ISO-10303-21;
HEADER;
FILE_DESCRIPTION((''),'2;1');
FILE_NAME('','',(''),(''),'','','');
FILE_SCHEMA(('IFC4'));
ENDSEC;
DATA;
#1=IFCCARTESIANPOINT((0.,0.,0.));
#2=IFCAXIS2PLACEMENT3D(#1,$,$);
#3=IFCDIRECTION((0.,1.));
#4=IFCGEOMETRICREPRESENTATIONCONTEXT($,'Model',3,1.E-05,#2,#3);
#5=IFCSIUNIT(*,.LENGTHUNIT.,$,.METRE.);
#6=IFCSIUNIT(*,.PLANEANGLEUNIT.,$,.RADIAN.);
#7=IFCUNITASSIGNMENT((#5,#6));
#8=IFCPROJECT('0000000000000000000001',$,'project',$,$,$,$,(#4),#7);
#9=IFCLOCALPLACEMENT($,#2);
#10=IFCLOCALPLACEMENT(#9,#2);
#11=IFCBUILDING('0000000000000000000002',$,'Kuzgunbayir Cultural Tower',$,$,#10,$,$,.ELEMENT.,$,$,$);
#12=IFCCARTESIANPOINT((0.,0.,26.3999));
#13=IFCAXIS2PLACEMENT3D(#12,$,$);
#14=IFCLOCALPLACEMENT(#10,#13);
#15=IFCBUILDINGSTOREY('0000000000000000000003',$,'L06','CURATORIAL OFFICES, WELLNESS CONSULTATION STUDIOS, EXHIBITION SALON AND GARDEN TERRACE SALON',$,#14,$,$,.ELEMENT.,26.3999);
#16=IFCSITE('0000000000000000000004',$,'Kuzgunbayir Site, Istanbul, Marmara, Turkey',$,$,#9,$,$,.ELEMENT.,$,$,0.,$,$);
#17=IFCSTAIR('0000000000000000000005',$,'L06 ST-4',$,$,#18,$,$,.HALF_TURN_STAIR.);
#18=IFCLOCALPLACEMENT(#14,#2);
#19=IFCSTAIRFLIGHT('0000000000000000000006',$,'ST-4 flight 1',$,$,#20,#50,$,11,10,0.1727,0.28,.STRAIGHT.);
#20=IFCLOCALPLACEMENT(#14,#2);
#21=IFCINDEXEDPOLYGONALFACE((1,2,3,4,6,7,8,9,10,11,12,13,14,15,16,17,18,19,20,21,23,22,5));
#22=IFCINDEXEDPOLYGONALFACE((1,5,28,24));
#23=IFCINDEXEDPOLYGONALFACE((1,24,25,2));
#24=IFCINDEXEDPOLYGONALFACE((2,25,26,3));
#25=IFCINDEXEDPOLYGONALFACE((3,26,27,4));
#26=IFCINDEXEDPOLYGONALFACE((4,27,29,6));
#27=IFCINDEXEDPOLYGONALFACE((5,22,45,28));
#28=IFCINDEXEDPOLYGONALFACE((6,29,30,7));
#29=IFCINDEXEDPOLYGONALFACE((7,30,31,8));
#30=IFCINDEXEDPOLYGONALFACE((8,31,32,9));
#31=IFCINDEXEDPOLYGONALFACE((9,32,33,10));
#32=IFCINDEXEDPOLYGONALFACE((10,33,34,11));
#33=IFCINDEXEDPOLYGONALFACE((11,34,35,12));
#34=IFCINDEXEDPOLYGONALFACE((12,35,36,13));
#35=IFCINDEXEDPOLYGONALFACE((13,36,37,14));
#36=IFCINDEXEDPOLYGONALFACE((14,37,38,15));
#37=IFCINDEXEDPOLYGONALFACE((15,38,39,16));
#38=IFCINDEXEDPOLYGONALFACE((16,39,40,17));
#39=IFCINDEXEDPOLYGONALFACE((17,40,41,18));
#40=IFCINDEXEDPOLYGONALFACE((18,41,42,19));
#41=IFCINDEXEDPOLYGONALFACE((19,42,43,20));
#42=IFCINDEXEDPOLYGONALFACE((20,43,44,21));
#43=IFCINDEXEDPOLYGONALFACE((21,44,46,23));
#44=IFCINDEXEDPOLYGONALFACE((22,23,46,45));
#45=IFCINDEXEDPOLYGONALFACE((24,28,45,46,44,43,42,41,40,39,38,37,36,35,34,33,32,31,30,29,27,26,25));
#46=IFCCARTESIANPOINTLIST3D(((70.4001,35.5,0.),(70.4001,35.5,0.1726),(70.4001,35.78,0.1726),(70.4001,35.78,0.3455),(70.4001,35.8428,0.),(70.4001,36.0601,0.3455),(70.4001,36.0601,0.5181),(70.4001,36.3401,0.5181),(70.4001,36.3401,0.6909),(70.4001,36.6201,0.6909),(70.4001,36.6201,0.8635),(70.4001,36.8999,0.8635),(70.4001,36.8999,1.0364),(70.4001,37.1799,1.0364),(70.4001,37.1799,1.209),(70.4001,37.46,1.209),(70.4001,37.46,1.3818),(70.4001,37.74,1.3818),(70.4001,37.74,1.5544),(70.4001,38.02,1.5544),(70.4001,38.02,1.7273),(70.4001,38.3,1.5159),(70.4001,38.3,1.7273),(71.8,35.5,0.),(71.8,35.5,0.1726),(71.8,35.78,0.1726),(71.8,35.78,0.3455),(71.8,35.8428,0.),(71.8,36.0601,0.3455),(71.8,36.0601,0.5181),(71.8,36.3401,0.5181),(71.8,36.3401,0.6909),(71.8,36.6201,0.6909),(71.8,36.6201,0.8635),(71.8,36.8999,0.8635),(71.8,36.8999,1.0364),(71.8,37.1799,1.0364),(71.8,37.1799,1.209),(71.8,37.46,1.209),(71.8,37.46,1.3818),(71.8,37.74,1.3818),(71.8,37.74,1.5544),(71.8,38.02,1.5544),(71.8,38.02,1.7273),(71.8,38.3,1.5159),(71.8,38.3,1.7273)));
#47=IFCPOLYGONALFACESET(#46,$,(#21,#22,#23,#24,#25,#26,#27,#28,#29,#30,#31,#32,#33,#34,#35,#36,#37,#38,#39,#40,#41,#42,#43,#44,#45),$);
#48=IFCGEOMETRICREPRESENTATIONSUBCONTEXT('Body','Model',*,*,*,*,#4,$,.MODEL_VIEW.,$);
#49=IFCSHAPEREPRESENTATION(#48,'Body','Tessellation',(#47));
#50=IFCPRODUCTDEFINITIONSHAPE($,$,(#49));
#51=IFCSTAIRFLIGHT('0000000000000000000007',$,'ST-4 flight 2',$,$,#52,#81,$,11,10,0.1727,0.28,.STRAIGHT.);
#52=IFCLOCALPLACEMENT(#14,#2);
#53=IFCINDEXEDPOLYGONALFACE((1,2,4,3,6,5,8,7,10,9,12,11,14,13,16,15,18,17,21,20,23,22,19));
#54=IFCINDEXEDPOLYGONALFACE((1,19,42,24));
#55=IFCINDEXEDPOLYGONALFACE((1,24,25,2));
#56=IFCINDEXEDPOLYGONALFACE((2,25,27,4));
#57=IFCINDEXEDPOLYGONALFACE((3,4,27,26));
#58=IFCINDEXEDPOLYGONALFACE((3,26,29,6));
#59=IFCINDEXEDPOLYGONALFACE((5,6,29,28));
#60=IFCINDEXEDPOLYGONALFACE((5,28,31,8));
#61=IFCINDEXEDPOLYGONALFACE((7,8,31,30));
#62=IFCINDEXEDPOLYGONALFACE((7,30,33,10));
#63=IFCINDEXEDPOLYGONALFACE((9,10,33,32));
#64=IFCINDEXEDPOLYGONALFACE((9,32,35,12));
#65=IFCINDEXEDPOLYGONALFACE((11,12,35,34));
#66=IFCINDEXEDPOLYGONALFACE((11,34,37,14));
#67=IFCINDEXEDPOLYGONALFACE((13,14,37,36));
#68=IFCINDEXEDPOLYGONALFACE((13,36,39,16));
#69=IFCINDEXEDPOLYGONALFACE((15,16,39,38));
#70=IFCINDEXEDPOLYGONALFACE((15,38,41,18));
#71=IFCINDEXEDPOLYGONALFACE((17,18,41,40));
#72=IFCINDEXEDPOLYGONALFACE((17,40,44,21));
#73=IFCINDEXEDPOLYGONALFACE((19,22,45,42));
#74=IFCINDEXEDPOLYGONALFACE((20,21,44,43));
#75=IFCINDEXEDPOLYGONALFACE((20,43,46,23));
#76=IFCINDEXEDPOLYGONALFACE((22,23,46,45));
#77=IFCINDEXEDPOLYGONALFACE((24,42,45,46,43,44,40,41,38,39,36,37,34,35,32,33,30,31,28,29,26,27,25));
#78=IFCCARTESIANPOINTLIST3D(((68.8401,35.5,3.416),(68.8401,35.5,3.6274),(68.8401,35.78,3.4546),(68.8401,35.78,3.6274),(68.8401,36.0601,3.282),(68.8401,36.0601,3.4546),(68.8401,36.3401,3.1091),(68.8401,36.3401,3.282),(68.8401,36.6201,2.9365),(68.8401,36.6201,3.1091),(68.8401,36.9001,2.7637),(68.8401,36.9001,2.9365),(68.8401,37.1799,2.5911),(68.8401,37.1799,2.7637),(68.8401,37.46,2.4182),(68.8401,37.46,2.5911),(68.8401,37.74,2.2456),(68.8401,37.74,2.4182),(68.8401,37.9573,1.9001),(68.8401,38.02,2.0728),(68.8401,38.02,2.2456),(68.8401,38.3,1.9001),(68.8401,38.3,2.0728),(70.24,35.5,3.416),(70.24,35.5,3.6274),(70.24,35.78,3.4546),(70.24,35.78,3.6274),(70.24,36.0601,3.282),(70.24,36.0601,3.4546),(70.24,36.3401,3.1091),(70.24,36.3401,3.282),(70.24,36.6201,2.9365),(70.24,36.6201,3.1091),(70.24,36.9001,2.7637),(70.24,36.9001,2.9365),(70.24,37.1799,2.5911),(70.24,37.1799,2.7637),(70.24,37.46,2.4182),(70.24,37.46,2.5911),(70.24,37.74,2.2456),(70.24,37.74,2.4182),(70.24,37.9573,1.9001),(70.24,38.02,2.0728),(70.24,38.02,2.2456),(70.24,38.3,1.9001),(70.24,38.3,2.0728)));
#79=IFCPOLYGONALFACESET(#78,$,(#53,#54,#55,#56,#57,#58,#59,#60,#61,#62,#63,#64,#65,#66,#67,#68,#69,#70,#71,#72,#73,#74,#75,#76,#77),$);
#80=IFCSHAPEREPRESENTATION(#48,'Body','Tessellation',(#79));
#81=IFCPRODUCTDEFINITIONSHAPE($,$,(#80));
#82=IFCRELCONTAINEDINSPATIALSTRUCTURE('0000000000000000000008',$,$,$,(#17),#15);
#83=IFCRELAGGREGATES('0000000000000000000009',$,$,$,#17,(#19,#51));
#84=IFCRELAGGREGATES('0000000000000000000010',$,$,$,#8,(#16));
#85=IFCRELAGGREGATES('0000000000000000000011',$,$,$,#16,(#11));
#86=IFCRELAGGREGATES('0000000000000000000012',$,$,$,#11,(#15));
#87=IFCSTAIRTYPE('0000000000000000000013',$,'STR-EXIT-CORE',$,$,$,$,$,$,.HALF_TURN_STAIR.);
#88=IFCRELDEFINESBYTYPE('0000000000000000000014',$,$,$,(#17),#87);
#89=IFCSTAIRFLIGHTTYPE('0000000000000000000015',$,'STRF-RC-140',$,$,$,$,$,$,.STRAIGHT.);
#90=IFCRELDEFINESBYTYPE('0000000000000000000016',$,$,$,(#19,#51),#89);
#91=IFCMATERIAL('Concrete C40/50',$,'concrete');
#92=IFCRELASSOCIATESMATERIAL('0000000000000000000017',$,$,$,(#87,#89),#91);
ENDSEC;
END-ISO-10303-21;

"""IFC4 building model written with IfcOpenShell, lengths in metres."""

from ifc_helpers import new_model, si_unit, direction, frame, origin, place, context, subcontext, project, spatial, polyline, outline, extrude, material, type_object, element, aggregate, save


model = new_model("IFC4")

# Units and contexts
model_context = context("Model", 3, precision=1e-05, world=origin(), true_north=direction((0.0, 1.0)))
body_context = subcontext(model_context, "Body", "Model", "MODEL_VIEW")
ifc_project = project(units=[si_unit("LENGTHUNIT", "METRE"), si_unit("PLANEANGLEUNIT", "RADIAN")], contexts=[model_context])

# Site, building, storey
site_placement = place(None, origin())
site = spatial("IfcSite", under=ifc_project, at=site_placement, Name="Kuzgunbayir Site, Istanbul, Marmara, Turkey", CompositionType="ELEMENT", RefElevation=0.0)
building_placement = place(site_placement, origin())
building = spatial("IfcBuilding", under=site, at=building_placement, Name="Kuzgunbayir Cultural Tower", CompositionType="ELEMENT")
storey_placement = place(building_placement, frame((0.0, 0.0, 26.3999)))
storey = spatial("IfcBuildingStorey", under=building, at=storey_placement, Name="L06", Description="CURATORIAL OFFICES, WELLNESS CONSULTATION STUDIOS, EXHIBITION SALON AND GARDEN TERRACE SALON", CompositionType="ELEMENT", Elevation=26.3999)

# Shared definitions
ifc_material_1 = material(Name="Concrete C40/50", Category="concrete")

# Stair, stair flights
stair_type = type_object("IfcStairType", Name="STR-EXIT-CORE", PredefinedType="HALF_TURN_STAIR", material=ifc_material_1)
stair_placement = place(storey_placement, origin())
stair = element("IfcStair", 1, at=stair_placement, inside=storey, type_object=stair_type, Name="L06 ST-4", PredefinedType="HALF_TURN_STAIR")
stair_flight_type = type_object("IfcStairFlightType", Name="STRF-RC-140", PredefinedType="STRAIGHT", material=ifc_material_1)
stair_flight_1_placement = place(storey_placement, frame((71.1001, 35.5, 0.0), z_axis=(0.0, 0.0, 1.0), x_axis=(0.0, 1.0, 0.0)))
stair_flight_1 = element("IfcStairFlight", 2, at=stair_flight_1_placement, type_object=stair_flight_type, Name="ST-4 flight 1", NumberOfRisers=11, NumberOfTreads=10, PredefinedType="STRAIGHT", RiserHeight=0.1727, TreadLength=0.28, context=body_context, shape_type="SweptSolid", body=[
    extrude(outline(polyline([(0.0, 0.0), (0.0, 0.1726), (0.28, 0.1726), (0.28, 0.3455), (0.5601, 0.3455), (0.5601, 0.5181), (0.8401, 0.5181), (0.8401, 0.6909), (1.1201, 0.6909), (1.1201, 0.8635), (1.3999, 0.8635), (1.3999, 1.0364), (1.6799, 1.0364), (1.6799, 1.209), (1.96, 1.209), (1.96, 1.3818), (2.24, 1.3818), (2.24, 1.5544), (2.52, 1.5544), (2.52, 1.7273), (2.8, 1.7273), (2.8, 1.8999), (2.8, 1.5159), (0.3428, 0.0), (0.0, 0.0)])), frame((0.0, 0.7, 0.0), z_axis=(0.0, -1.0, 0.0), x_axis=(1.0, 0.0, 0.0)), (0.0, 0.0, 1.0), 1.3999),
])
stair_flight_2_placement = place(storey_placement, frame((69.54, 38.3, 1.9001), z_axis=(0.0, 0.0, 1.0), x_axis=(0.0, -1.0, 0.0)))
stair_flight_2 = element("IfcStairFlight", 3, at=stair_flight_2_placement, type_object=stair_flight_type, Name="ST-4 flight 2", NumberOfRisers=11, NumberOfTreads=10, PredefinedType="STRAIGHT", RiserHeight=0.1727, TreadLength=0.28, context=body_context, shape_type="SweptSolid", body=[
    extrude(outline(polyline([(0.0, 0.0), (0.0, 0.1726), (0.28, 0.1726), (0.28, 0.3455), (0.5601, 0.3455), (0.5601, 0.5181), (0.8401, 0.5181), (0.8401, 0.6909), (1.1201, 0.6909), (1.1201, 0.8635), (1.3999, 0.8635), (1.3999, 1.0364), (1.6799, 1.0364), (1.6799, 1.209), (1.96, 1.209), (1.96, 1.3818), (2.24, 1.3818), (2.24, 1.5544), (2.52, 1.5544), (2.52, 1.7273), (2.8, 1.7273), (2.8, 1.8999), (2.8, 1.5159), (0.3428, 0.0), (0.0, 0.0)])), frame((0.0, 0.7, 0.0), z_axis=(0.0, -1.0, 0.0), x_axis=(1.0, 0.0, 0.0)), (0.0, 0.0, 1.0), 1.3999),
])
aggregate(stair, [stair_flight_1, stair_flight_2])

save(model, "model.ifc")
